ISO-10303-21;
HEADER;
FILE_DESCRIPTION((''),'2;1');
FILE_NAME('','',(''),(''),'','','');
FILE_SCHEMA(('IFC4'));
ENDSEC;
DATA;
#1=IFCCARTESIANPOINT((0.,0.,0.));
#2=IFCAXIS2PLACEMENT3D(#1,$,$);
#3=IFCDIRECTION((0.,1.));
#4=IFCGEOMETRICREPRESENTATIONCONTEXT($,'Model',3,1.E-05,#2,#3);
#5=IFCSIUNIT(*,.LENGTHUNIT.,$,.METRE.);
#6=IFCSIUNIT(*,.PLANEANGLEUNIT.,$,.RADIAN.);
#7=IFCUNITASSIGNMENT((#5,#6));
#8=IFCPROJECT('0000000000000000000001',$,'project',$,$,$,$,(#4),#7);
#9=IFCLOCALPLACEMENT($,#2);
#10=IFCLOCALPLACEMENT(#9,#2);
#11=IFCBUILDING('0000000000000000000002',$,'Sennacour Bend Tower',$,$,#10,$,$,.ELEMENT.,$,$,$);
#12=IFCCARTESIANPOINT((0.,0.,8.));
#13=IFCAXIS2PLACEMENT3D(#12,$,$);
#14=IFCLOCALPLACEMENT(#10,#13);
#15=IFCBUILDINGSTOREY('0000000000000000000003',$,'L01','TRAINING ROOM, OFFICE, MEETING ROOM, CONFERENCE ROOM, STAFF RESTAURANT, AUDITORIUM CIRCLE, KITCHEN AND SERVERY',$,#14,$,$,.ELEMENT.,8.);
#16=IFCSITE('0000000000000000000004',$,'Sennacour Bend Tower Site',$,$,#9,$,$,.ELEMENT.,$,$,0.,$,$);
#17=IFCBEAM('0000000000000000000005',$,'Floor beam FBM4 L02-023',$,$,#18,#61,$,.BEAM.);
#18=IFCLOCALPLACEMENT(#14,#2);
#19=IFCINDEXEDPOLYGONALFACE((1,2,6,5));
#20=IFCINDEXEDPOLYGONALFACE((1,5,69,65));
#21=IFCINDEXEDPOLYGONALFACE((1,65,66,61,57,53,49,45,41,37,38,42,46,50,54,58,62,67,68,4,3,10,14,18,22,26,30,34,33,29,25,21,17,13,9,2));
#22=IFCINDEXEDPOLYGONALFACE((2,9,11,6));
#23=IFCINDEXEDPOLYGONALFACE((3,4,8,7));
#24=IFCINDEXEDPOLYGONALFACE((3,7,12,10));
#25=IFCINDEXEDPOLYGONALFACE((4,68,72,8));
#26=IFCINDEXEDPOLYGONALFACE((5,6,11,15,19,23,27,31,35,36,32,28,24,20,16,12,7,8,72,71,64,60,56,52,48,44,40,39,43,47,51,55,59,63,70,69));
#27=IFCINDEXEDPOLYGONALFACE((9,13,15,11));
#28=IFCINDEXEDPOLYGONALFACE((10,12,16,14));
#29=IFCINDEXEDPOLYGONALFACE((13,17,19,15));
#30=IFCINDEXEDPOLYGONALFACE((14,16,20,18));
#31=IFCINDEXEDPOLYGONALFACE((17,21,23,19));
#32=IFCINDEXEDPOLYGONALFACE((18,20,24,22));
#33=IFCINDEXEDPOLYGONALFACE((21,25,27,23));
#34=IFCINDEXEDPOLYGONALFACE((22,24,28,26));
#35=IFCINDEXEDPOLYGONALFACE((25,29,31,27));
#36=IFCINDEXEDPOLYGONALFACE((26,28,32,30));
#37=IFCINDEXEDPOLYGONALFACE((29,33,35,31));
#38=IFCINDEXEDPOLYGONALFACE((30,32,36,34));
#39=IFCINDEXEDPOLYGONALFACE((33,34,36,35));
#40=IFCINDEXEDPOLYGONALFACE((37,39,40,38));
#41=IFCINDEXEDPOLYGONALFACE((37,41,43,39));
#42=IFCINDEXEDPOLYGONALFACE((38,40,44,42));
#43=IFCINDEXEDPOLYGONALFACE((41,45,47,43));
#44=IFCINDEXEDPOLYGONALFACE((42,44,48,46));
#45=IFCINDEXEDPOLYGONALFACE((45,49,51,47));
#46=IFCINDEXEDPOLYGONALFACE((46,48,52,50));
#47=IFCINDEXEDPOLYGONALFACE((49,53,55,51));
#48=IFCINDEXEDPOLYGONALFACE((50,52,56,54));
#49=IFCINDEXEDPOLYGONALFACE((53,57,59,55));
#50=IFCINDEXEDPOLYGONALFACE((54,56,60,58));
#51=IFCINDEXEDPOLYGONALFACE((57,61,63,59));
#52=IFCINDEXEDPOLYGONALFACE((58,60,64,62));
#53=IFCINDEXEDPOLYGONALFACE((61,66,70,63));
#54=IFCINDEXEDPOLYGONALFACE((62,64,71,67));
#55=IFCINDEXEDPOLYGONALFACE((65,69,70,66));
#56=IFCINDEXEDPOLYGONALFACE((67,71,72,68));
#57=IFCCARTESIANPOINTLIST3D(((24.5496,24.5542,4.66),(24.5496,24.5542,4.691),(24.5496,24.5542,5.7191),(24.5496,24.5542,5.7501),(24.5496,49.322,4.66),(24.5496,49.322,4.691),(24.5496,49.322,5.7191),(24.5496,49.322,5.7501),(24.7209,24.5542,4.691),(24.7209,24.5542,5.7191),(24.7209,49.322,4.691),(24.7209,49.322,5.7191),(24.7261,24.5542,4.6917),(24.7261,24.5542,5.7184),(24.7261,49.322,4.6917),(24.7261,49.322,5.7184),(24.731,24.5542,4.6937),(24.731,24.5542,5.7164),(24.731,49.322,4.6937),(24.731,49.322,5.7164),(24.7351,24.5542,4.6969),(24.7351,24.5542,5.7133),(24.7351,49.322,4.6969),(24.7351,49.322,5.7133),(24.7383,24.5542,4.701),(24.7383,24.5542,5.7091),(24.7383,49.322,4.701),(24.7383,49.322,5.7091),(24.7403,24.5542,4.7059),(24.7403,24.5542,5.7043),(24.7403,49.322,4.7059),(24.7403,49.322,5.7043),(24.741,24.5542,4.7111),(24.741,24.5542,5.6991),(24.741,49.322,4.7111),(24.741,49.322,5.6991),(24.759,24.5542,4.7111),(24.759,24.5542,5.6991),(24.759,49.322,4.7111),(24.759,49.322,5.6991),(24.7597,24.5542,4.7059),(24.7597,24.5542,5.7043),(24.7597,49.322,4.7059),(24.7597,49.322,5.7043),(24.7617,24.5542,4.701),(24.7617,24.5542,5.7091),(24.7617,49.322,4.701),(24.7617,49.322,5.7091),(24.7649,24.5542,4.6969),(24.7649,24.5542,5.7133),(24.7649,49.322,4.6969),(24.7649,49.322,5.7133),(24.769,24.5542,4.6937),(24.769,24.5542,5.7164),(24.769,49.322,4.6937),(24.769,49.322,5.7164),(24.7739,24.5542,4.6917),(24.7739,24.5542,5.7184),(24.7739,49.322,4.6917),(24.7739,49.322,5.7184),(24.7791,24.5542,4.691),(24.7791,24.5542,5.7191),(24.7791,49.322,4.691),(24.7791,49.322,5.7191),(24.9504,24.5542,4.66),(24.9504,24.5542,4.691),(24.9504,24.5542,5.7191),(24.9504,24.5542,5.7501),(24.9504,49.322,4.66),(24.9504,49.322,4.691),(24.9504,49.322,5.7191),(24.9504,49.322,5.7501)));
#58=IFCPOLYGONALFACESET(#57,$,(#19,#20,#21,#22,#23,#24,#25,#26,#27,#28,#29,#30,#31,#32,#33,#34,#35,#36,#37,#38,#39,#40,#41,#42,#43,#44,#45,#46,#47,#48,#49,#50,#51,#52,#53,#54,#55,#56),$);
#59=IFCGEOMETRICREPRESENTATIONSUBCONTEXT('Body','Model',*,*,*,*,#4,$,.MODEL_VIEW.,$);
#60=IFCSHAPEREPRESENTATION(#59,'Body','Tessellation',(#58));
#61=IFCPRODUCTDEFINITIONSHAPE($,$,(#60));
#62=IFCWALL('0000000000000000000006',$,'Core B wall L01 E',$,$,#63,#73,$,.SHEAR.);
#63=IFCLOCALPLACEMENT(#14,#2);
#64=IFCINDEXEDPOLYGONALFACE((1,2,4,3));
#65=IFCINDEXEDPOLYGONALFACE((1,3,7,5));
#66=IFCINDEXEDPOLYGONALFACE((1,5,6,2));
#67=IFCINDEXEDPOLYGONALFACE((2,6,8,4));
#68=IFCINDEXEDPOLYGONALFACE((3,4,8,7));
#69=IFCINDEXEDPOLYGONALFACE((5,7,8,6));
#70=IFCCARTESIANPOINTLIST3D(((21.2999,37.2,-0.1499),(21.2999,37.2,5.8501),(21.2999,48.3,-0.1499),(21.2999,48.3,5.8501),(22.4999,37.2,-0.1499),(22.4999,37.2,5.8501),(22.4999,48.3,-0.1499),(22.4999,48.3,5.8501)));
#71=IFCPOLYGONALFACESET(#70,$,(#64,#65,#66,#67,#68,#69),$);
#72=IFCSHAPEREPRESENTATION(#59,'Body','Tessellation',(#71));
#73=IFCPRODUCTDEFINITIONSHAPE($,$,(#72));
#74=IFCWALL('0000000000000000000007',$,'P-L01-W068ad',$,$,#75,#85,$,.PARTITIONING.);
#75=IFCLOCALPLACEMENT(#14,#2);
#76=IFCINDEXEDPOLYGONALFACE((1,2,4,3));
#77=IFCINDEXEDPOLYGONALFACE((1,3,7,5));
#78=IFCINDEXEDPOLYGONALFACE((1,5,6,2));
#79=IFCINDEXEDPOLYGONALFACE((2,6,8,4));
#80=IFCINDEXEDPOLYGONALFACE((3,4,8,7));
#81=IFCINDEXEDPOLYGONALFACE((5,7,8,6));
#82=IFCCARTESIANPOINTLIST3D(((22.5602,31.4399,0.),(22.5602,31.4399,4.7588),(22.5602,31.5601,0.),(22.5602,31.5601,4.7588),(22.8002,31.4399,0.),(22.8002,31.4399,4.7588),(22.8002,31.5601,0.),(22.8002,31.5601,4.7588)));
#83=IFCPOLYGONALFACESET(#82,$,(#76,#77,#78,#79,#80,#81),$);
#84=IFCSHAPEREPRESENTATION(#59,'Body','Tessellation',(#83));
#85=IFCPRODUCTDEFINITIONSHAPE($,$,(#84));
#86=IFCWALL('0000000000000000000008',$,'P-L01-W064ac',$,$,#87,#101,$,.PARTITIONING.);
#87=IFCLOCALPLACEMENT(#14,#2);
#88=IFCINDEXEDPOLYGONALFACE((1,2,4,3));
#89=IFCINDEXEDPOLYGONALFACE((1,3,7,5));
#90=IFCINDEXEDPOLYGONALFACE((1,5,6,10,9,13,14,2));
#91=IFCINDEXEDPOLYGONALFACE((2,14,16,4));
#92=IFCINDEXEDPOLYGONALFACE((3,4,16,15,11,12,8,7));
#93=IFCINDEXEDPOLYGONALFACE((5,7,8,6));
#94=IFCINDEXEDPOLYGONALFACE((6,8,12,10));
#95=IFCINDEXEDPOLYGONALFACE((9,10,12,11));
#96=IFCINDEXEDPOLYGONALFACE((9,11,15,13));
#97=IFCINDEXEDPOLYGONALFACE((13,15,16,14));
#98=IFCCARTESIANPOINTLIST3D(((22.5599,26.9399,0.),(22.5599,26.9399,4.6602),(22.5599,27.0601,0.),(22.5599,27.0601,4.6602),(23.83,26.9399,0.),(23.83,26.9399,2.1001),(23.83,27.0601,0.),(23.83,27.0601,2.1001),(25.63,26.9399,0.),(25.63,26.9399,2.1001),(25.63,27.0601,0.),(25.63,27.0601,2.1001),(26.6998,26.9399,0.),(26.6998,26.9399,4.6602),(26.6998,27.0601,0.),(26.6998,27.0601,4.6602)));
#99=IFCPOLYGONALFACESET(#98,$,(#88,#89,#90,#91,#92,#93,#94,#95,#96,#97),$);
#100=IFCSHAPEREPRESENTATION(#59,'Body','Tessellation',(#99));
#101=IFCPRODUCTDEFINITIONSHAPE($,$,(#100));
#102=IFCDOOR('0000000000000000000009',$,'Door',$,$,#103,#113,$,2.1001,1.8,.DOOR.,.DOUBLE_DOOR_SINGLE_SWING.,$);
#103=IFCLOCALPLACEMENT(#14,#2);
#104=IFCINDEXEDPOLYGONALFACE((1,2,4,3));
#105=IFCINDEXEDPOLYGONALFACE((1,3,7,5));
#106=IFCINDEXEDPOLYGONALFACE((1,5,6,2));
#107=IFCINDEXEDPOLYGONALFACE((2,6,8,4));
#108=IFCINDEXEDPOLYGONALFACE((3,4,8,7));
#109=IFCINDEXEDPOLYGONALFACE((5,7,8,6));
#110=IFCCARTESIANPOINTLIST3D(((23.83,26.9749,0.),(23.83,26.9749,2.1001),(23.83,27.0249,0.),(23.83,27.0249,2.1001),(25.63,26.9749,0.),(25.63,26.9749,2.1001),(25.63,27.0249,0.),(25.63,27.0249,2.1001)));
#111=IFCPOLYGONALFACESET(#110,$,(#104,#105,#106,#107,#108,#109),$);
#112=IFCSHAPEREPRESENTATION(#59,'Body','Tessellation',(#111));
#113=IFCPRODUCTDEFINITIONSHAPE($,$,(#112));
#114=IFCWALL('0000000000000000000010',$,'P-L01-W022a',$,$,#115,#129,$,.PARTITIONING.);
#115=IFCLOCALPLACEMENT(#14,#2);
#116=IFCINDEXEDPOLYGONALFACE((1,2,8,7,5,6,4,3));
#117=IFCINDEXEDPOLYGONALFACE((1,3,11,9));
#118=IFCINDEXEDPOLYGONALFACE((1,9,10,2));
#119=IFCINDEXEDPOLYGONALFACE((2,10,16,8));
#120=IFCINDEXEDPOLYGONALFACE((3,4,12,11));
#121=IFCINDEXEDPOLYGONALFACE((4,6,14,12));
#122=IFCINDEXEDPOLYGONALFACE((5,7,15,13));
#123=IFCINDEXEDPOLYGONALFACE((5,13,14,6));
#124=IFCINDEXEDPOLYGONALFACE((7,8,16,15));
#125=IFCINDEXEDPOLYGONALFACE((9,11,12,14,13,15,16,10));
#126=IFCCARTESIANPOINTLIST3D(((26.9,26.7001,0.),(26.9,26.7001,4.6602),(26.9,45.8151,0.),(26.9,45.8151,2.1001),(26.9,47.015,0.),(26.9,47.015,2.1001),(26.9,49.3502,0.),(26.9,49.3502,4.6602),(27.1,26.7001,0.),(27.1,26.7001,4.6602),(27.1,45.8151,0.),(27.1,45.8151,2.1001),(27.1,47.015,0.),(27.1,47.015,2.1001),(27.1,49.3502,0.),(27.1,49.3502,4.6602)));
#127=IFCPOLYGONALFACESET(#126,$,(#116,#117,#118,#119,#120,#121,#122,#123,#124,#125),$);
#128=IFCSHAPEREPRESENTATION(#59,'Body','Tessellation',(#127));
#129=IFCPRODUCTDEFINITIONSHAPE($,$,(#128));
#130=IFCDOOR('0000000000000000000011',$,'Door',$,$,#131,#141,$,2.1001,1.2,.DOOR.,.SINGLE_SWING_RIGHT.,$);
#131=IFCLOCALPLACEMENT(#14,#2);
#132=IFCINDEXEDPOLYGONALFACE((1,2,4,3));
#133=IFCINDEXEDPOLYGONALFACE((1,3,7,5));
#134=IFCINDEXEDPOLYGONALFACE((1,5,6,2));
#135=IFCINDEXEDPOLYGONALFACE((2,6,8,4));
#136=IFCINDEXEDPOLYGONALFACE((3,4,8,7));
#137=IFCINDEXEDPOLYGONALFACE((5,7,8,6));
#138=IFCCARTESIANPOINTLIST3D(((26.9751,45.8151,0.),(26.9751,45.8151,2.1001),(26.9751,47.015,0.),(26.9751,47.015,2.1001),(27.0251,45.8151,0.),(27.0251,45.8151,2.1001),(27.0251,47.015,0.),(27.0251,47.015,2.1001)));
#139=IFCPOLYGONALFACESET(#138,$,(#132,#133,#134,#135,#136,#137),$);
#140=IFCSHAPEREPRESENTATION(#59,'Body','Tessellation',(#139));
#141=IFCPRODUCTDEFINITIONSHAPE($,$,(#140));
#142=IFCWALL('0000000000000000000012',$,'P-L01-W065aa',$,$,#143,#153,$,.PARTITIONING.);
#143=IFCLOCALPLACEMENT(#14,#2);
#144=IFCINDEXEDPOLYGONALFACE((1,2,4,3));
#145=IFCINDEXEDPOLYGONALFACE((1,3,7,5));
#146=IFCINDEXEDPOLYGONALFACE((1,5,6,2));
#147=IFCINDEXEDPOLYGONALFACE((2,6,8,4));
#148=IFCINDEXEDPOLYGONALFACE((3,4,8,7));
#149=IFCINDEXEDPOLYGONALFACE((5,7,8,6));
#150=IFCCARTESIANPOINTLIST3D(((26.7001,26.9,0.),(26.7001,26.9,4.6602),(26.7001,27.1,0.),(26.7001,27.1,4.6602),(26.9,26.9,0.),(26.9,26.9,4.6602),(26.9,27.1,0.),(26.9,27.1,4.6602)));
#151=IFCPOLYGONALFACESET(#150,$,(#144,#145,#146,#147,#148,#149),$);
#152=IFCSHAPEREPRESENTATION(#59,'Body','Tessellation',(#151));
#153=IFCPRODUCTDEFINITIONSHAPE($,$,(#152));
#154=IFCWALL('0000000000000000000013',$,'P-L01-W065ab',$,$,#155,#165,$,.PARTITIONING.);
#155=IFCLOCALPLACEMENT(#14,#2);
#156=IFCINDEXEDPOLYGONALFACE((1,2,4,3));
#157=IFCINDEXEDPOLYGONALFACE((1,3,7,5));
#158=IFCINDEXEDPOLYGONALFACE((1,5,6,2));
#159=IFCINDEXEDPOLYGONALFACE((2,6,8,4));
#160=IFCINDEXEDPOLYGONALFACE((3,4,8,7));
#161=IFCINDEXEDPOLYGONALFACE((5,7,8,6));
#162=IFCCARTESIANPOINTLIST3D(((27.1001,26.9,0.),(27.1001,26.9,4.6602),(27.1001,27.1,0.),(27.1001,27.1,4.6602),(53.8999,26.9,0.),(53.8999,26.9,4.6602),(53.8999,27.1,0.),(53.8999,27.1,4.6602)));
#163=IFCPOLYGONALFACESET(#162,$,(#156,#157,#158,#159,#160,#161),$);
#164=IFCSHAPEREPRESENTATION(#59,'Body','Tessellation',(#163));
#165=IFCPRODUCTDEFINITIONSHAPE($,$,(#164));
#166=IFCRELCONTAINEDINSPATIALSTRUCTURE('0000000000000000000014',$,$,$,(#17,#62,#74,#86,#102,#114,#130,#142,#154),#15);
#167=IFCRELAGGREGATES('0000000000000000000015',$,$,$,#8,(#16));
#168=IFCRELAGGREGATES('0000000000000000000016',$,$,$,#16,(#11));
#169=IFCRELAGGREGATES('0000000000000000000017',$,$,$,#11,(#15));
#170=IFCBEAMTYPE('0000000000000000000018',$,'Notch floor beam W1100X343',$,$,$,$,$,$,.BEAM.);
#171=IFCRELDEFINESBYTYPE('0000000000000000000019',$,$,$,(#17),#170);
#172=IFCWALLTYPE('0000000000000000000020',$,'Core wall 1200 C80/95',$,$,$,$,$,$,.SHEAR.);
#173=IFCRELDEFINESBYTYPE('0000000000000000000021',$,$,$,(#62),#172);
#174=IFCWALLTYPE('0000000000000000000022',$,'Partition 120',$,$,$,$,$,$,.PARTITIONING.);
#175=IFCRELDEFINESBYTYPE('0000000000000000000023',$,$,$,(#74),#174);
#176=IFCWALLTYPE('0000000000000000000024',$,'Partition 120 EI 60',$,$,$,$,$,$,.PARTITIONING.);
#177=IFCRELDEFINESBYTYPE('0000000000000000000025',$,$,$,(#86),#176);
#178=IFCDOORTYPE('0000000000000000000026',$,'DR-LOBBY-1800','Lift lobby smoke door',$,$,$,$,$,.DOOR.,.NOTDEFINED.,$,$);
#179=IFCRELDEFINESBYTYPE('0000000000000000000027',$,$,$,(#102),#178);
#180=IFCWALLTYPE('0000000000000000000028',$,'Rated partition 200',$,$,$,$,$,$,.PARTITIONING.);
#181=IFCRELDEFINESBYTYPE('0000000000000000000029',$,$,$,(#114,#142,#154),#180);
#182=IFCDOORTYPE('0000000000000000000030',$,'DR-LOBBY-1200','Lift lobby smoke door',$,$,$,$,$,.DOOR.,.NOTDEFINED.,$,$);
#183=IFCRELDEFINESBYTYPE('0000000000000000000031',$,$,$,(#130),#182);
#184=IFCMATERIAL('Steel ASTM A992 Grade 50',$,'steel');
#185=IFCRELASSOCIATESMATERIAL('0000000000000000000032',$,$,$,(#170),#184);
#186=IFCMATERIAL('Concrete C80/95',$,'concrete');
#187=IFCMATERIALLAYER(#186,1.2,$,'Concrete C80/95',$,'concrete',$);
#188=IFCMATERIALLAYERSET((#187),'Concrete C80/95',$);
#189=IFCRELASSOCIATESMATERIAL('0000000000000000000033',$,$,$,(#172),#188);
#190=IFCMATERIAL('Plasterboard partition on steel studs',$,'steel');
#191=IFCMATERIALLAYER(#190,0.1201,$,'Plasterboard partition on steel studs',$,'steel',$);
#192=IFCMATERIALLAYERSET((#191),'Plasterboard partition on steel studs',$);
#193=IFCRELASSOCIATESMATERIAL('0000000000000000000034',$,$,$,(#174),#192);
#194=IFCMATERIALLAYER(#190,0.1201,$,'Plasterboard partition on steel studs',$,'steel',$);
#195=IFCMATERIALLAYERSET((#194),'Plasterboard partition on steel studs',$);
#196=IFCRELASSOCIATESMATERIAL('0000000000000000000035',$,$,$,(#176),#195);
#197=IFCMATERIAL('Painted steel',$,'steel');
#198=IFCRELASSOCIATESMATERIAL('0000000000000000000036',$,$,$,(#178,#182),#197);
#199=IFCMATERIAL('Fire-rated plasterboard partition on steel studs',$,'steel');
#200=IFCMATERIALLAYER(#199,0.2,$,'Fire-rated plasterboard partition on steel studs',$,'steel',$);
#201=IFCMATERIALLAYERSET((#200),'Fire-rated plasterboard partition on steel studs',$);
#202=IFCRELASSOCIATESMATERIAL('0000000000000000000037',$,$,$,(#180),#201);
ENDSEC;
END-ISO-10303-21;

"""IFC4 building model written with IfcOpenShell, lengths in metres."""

from ifc_helpers import new_model, si_unit, direction, frame, frame_2d, origin, origin_2d, place, context, subcontext, project, spatial, rectangle, i_section, extrude, material, layer, layer_set, material_profile, profile_set, type_object, element, fill, save


model = new_model("IFC4")

# Units and contexts
model_context = context("Model", 3, precision=1e-05, world=origin(), true_north=direction((0.0, 1.0)))
body_context = subcontext(model_context, "Body", "Model", "MODEL_VIEW")
ifc_project = project(units=[si_unit("LENGTHUNIT", "METRE"), si_unit("PLANEANGLEUNIT", "RADIAN")], contexts=[model_context])

# Site, building, storey
site_placement = place(None, origin())
site = spatial("IfcSite", under=ifc_project, at=site_placement, Name="Sennacour Bend Tower Site", CompositionType="ELEMENT", RefElevation=0.0)
building_placement = place(site_placement, origin())
building = spatial("IfcBuilding", under=site, at=building_placement, Name="Sennacour Bend Tower", CompositionType="ELEMENT")
storey_placement = place(building_placement, frame((0.0, 0.0, 8.0)))
storey = spatial("IfcBuildingStorey", under=building, at=storey_placement, Name="L01", Description="TRAINING ROOM, OFFICE, MEETING ROOM, CONFERENCE ROOM, STAFF RESTAURANT, AUDITORIUM CIRCLE, KITCHEN AND SERVERY", CompositionType="ELEMENT", Elevation=8.0)

# Beam
ifc_material_1 = material(Name="Steel ASTM A992 Grade 50", Category="steel")
ifc_material_profile_1 = material_profile(ifc_material_1, i_section(OverallWidth=0.4009, OverallDepth=1.0901, WebThickness=0.0181, FlangeThickness=0.031, FilletRadius=0.02, at=origin_2d()), Name="Steel ASTM A992 Grade 50", Category="steel")
ifc_profile_set_1 = profile_set([ifc_material_profile_1], Name="Steel ASTM A992 Grade 50")
beam_type_1 = type_object("IfcBeamType", Name="Notch floor beam W1100X343", PredefinedType="BEAM", material=ifc_profile_set_1)
beam_1_placement = place(storey_placement, frame((24.75, 24.5542, 5.2051), z_axis=(0.0, 1.0, 0.0), x_axis=(-1.0, 0.0, 0.0)))
element("IfcBeam", 1, at=beam_1_placement, inside=storey, type_object=beam_type_1, Name="Floor beam FBM4 L02-023", PredefinedType="BEAM", context=body_context, shape_type="SweptSolid", body=[
    extrude(i_section(OverallWidth=0.4009, OverallDepth=1.0901, WebThickness=0.0181, FlangeThickness=0.031, FilletRadius=0.02, at=origin_2d()), origin(), (0.0, 0.0, 1.0), 24.7678),
])

# Walls
ifc_material_2 = material(Name="Concrete C80/95", Category="concrete")
ifc_layer_1 = layer(ifc_material_2, 1.2, Name="Concrete C80/95", Category="concrete")
ifc_layer_set_1 = layer_set([ifc_layer_1], Name="Concrete C80/95")
wall_type_1 = type_object("IfcWallType", Name="Core wall 1200 C80/95", PredefinedType="SHEAR", material=ifc_layer_set_1)
wall_1_placement = place(storey_placement, frame((21.8999, 37.2, -0.1499), z_axis=(0.0, 0.0, 1.0), x_axis=(0.0, 1.0, 0.0)))
element("IfcWall", 2, at=wall_1_placement, inside=storey, type_object=wall_type_1, Name="Core B wall L01 E", PredefinedType="SHEAR", context=body_context, shape_type="SweptSolid", body=[
    extrude(rectangle(XDim=11.1001, YDim=1.2, at=frame_2d((5.55, 0.0))), origin(), (0.0, 0.0, 1.0), 6.0),
])
ifc_material_3 = material(Name="Plasterboard partition on steel studs", Category="steel")
ifc_layer_2 = layer(ifc_material_3, 0.1201, Name="Plasterboard partition on steel studs", Category="steel")
ifc_layer_set_2 = layer_set([ifc_layer_2], Name="Plasterboard partition on steel studs")
wall_type_2 = type_object("IfcWallType", Name="Partition 120", PredefinedType="PARTITIONING", material=ifc_layer_set_2)
wall_2_placement = place(storey_placement, frame((22.5601, 31.5, 0.0), z_axis=(0.0, 0.0, 1.0), x_axis=(1.0, 0.0, 0.0)))
element("IfcWall", 3, at=wall_2_placement, inside=storey, type_object=wall_type_2, Name="P-L01-W068ad", PredefinedType="PARTITIONING", context=body_context, shape_type="SweptSolid", body=[
    extrude(rectangle(XDim=0.24, YDim=0.1201, at=frame_2d((0.1201, 0.0))), origin(), (0.0, 0.0, 1.0), 4.7588),
])

# Walls, openings, doors
ifc_layer_3 = layer(ifc_material_3, 0.1201, Name="Plasterboard partition on steel studs", Category="steel")
ifc_layer_set_3 = layer_set([ifc_layer_3], Name="Plasterboard partition on steel studs")
wall_type_3 = type_object("IfcWallType", Name="Partition 120 EI 60", PredefinedType="PARTITIONING", material=ifc_layer_set_3)
wall_3_placement = place(storey_placement, frame((22.5601, 27.0, 0.0), z_axis=(0.0, 0.0, 1.0), x_axis=(1.0, 0.0, 0.0)))
wall_3 = element("IfcWall", 4, at=wall_3_placement, inside=storey, type_object=wall_type_3, Name="P-L01-W064ac", PredefinedType="PARTITIONING", context=body_context, shape_type="SweptSolid", body=[
    extrude(rectangle(XDim=4.1399, YDim=0.1201, at=frame_2d((2.0698, 0.0))), origin(), (0.0, 0.0, 1.0), 4.6602),
])
opening_1_placement = place(wall_3_placement, frame((1.27, 0.0, 0.0)))
opening_1 = element("IfcOpeningElement", 5, at=opening_1_placement, cuts=wall_3, PredefinedType="OPENING", context=body_context, shape_type="SweptSolid", body=[
    extrude(rectangle(XDim=1.8, YDim=2.1001, at=frame_2d((0.8999, 1.05))), frame((0.0, 0.0701, 0.0), z_axis=(0.0, -1.0, 0.0), x_axis=(1.0, 0.0, 0.0)), (0.0, 0.0, 1.0), 0.1401),
])
ifc_material_4 = material(Name="Painted steel", Category="steel")
door_type_1 = type_object("IfcDoorType", Name="DR-LOBBY-1800", Description="Lift lobby smoke door", OperationType="NOTDEFINED", PredefinedType="DOOR", material=ifc_material_4)
door_1_placement = place(opening_1_placement, origin())
door_1 = element("IfcDoor", 6, at=door_1_placement, inside=storey, type_object=door_type_1, Name="Door", OperationType="DOUBLE_DOOR_SINGLE_SWING", OverallHeight=2.1001, OverallWidth=1.8, PredefinedType="DOOR", context=body_context, shape_type="SweptSolid", body=[
    extrude(rectangle(XDim=1.8, YDim=2.1001, at=frame_2d((0.8999, 1.05))), frame((0.0, 0.0249, 0.0), z_axis=(0.0, -1.0, 0.0), x_axis=(1.0, 0.0, 0.0)), (0.0, 0.0, 1.0), 0.05),
])
fill(opening_1, door_1)
ifc_material_5 = material(Name="Fire-rated plasterboard partition on steel studs", Category="steel")
ifc_layer_4 = layer(ifc_material_5, 0.2, Name="Fire-rated plasterboard partition on steel studs", Category="steel")
ifc_layer_set_4 = layer_set([ifc_layer_4], Name="Fire-rated plasterboard partition on steel studs")
wall_type_4 = type_object("IfcWallType", Name="Rated partition 200", PredefinedType="PARTITIONING", material=ifc_layer_set_4)
wall_4_placement = place(storey_placement, frame((27.0, 26.7, 0.0), z_axis=(0.0, 0.0, 1.0), x_axis=(0.0, 1.0, 0.0)))
wall_4 = element("IfcWall", 7, at=wall_4_placement, inside=storey, type_object=wall_type_4, Name="P-L01-W022a", PredefinedType="PARTITIONING", context=body_context, shape_type="SweptSolid", body=[
    extrude(rectangle(XDim=22.6501, YDim=0.2, at=frame_2d((11.3252, 0.0))), origin(), (0.0, 0.0, 1.0), 4.6602),
])
opening_2_placement = place(wall_4_placement, frame((19.115, 0.0, 0.0)))
opening_2 = element("IfcOpeningElement", 8, at=opening_2_placement, cuts=wall_4, PredefinedType="OPENING", context=body_context, shape_type="SweptSolid", body=[
    extrude(rectangle(XDim=1.2, YDim=2.1001, at=frame_2d((0.6001, 1.05))), frame((0.0, 0.1099, 0.0), z_axis=(0.0, -1.0, 0.0), x_axis=(1.0, 0.0, 0.0)), (0.0, 0.0, 1.0), 0.22),
])
door_type_2 = type_object("IfcDoorType", Name="DR-LOBBY-1200", Description="Lift lobby smoke door", OperationType="NOTDEFINED", PredefinedType="DOOR", material=ifc_material_4)
door_2_placement = place(opening_2_placement, origin())
door_2 = element("IfcDoor", 9, at=door_2_placement, inside=storey, type_object=door_type_2, Name="Door", OperationType="SINGLE_SWING_RIGHT", OverallHeight=2.1001, OverallWidth=1.2, PredefinedType="DOOR", context=body_context, shape_type="SweptSolid", body=[
    extrude(rectangle(XDim=1.2, YDim=2.1001, at=frame_2d((0.6001, 1.05))), frame((0.0, 0.0249, 0.0), z_axis=(0.0, -1.0, 0.0), x_axis=(1.0, 0.0, 0.0)), (0.0, 0.0, 1.0), 0.05),
])
fill(opening_2, door_2)

# Walls
wall_5_placement = place(storey_placement, frame((26.7, 27.0, 0.0), z_axis=(0.0, 0.0, 1.0), x_axis=(1.0, 0.0, 0.0)))
element("IfcWall", 10, at=wall_5_placement, inside=storey, type_object=wall_type_4, Name="P-L01-W065aa", PredefinedType="PARTITIONING", context=body_context, shape_type="SweptSolid", body=[
    extrude(rectangle(XDim=0.2, YDim=0.2, at=frame_2d((0.1001, 0.0))), origin(), (0.0, 0.0, 1.0), 4.6602),
])
wall_6_placement = place(storey_placement, frame((27.1001, 27.0, 0.0), z_axis=(0.0, 0.0, 1.0), x_axis=(1.0, 0.0, 0.0)))
element("IfcWall", 11, at=wall_6_placement, inside=storey, type_object=wall_type_4, Name="P-L01-W065ab", PredefinedType="PARTITIONING", context=body_context, shape_type="SweptSolid", body=[
    extrude(rectangle(XDim=26.7998, YDim=0.2, at=frame_2d((13.3999, 0.0))), origin(), (0.0, 0.0, 1.0), 4.6602),
])

save(model, "model.ifc")
